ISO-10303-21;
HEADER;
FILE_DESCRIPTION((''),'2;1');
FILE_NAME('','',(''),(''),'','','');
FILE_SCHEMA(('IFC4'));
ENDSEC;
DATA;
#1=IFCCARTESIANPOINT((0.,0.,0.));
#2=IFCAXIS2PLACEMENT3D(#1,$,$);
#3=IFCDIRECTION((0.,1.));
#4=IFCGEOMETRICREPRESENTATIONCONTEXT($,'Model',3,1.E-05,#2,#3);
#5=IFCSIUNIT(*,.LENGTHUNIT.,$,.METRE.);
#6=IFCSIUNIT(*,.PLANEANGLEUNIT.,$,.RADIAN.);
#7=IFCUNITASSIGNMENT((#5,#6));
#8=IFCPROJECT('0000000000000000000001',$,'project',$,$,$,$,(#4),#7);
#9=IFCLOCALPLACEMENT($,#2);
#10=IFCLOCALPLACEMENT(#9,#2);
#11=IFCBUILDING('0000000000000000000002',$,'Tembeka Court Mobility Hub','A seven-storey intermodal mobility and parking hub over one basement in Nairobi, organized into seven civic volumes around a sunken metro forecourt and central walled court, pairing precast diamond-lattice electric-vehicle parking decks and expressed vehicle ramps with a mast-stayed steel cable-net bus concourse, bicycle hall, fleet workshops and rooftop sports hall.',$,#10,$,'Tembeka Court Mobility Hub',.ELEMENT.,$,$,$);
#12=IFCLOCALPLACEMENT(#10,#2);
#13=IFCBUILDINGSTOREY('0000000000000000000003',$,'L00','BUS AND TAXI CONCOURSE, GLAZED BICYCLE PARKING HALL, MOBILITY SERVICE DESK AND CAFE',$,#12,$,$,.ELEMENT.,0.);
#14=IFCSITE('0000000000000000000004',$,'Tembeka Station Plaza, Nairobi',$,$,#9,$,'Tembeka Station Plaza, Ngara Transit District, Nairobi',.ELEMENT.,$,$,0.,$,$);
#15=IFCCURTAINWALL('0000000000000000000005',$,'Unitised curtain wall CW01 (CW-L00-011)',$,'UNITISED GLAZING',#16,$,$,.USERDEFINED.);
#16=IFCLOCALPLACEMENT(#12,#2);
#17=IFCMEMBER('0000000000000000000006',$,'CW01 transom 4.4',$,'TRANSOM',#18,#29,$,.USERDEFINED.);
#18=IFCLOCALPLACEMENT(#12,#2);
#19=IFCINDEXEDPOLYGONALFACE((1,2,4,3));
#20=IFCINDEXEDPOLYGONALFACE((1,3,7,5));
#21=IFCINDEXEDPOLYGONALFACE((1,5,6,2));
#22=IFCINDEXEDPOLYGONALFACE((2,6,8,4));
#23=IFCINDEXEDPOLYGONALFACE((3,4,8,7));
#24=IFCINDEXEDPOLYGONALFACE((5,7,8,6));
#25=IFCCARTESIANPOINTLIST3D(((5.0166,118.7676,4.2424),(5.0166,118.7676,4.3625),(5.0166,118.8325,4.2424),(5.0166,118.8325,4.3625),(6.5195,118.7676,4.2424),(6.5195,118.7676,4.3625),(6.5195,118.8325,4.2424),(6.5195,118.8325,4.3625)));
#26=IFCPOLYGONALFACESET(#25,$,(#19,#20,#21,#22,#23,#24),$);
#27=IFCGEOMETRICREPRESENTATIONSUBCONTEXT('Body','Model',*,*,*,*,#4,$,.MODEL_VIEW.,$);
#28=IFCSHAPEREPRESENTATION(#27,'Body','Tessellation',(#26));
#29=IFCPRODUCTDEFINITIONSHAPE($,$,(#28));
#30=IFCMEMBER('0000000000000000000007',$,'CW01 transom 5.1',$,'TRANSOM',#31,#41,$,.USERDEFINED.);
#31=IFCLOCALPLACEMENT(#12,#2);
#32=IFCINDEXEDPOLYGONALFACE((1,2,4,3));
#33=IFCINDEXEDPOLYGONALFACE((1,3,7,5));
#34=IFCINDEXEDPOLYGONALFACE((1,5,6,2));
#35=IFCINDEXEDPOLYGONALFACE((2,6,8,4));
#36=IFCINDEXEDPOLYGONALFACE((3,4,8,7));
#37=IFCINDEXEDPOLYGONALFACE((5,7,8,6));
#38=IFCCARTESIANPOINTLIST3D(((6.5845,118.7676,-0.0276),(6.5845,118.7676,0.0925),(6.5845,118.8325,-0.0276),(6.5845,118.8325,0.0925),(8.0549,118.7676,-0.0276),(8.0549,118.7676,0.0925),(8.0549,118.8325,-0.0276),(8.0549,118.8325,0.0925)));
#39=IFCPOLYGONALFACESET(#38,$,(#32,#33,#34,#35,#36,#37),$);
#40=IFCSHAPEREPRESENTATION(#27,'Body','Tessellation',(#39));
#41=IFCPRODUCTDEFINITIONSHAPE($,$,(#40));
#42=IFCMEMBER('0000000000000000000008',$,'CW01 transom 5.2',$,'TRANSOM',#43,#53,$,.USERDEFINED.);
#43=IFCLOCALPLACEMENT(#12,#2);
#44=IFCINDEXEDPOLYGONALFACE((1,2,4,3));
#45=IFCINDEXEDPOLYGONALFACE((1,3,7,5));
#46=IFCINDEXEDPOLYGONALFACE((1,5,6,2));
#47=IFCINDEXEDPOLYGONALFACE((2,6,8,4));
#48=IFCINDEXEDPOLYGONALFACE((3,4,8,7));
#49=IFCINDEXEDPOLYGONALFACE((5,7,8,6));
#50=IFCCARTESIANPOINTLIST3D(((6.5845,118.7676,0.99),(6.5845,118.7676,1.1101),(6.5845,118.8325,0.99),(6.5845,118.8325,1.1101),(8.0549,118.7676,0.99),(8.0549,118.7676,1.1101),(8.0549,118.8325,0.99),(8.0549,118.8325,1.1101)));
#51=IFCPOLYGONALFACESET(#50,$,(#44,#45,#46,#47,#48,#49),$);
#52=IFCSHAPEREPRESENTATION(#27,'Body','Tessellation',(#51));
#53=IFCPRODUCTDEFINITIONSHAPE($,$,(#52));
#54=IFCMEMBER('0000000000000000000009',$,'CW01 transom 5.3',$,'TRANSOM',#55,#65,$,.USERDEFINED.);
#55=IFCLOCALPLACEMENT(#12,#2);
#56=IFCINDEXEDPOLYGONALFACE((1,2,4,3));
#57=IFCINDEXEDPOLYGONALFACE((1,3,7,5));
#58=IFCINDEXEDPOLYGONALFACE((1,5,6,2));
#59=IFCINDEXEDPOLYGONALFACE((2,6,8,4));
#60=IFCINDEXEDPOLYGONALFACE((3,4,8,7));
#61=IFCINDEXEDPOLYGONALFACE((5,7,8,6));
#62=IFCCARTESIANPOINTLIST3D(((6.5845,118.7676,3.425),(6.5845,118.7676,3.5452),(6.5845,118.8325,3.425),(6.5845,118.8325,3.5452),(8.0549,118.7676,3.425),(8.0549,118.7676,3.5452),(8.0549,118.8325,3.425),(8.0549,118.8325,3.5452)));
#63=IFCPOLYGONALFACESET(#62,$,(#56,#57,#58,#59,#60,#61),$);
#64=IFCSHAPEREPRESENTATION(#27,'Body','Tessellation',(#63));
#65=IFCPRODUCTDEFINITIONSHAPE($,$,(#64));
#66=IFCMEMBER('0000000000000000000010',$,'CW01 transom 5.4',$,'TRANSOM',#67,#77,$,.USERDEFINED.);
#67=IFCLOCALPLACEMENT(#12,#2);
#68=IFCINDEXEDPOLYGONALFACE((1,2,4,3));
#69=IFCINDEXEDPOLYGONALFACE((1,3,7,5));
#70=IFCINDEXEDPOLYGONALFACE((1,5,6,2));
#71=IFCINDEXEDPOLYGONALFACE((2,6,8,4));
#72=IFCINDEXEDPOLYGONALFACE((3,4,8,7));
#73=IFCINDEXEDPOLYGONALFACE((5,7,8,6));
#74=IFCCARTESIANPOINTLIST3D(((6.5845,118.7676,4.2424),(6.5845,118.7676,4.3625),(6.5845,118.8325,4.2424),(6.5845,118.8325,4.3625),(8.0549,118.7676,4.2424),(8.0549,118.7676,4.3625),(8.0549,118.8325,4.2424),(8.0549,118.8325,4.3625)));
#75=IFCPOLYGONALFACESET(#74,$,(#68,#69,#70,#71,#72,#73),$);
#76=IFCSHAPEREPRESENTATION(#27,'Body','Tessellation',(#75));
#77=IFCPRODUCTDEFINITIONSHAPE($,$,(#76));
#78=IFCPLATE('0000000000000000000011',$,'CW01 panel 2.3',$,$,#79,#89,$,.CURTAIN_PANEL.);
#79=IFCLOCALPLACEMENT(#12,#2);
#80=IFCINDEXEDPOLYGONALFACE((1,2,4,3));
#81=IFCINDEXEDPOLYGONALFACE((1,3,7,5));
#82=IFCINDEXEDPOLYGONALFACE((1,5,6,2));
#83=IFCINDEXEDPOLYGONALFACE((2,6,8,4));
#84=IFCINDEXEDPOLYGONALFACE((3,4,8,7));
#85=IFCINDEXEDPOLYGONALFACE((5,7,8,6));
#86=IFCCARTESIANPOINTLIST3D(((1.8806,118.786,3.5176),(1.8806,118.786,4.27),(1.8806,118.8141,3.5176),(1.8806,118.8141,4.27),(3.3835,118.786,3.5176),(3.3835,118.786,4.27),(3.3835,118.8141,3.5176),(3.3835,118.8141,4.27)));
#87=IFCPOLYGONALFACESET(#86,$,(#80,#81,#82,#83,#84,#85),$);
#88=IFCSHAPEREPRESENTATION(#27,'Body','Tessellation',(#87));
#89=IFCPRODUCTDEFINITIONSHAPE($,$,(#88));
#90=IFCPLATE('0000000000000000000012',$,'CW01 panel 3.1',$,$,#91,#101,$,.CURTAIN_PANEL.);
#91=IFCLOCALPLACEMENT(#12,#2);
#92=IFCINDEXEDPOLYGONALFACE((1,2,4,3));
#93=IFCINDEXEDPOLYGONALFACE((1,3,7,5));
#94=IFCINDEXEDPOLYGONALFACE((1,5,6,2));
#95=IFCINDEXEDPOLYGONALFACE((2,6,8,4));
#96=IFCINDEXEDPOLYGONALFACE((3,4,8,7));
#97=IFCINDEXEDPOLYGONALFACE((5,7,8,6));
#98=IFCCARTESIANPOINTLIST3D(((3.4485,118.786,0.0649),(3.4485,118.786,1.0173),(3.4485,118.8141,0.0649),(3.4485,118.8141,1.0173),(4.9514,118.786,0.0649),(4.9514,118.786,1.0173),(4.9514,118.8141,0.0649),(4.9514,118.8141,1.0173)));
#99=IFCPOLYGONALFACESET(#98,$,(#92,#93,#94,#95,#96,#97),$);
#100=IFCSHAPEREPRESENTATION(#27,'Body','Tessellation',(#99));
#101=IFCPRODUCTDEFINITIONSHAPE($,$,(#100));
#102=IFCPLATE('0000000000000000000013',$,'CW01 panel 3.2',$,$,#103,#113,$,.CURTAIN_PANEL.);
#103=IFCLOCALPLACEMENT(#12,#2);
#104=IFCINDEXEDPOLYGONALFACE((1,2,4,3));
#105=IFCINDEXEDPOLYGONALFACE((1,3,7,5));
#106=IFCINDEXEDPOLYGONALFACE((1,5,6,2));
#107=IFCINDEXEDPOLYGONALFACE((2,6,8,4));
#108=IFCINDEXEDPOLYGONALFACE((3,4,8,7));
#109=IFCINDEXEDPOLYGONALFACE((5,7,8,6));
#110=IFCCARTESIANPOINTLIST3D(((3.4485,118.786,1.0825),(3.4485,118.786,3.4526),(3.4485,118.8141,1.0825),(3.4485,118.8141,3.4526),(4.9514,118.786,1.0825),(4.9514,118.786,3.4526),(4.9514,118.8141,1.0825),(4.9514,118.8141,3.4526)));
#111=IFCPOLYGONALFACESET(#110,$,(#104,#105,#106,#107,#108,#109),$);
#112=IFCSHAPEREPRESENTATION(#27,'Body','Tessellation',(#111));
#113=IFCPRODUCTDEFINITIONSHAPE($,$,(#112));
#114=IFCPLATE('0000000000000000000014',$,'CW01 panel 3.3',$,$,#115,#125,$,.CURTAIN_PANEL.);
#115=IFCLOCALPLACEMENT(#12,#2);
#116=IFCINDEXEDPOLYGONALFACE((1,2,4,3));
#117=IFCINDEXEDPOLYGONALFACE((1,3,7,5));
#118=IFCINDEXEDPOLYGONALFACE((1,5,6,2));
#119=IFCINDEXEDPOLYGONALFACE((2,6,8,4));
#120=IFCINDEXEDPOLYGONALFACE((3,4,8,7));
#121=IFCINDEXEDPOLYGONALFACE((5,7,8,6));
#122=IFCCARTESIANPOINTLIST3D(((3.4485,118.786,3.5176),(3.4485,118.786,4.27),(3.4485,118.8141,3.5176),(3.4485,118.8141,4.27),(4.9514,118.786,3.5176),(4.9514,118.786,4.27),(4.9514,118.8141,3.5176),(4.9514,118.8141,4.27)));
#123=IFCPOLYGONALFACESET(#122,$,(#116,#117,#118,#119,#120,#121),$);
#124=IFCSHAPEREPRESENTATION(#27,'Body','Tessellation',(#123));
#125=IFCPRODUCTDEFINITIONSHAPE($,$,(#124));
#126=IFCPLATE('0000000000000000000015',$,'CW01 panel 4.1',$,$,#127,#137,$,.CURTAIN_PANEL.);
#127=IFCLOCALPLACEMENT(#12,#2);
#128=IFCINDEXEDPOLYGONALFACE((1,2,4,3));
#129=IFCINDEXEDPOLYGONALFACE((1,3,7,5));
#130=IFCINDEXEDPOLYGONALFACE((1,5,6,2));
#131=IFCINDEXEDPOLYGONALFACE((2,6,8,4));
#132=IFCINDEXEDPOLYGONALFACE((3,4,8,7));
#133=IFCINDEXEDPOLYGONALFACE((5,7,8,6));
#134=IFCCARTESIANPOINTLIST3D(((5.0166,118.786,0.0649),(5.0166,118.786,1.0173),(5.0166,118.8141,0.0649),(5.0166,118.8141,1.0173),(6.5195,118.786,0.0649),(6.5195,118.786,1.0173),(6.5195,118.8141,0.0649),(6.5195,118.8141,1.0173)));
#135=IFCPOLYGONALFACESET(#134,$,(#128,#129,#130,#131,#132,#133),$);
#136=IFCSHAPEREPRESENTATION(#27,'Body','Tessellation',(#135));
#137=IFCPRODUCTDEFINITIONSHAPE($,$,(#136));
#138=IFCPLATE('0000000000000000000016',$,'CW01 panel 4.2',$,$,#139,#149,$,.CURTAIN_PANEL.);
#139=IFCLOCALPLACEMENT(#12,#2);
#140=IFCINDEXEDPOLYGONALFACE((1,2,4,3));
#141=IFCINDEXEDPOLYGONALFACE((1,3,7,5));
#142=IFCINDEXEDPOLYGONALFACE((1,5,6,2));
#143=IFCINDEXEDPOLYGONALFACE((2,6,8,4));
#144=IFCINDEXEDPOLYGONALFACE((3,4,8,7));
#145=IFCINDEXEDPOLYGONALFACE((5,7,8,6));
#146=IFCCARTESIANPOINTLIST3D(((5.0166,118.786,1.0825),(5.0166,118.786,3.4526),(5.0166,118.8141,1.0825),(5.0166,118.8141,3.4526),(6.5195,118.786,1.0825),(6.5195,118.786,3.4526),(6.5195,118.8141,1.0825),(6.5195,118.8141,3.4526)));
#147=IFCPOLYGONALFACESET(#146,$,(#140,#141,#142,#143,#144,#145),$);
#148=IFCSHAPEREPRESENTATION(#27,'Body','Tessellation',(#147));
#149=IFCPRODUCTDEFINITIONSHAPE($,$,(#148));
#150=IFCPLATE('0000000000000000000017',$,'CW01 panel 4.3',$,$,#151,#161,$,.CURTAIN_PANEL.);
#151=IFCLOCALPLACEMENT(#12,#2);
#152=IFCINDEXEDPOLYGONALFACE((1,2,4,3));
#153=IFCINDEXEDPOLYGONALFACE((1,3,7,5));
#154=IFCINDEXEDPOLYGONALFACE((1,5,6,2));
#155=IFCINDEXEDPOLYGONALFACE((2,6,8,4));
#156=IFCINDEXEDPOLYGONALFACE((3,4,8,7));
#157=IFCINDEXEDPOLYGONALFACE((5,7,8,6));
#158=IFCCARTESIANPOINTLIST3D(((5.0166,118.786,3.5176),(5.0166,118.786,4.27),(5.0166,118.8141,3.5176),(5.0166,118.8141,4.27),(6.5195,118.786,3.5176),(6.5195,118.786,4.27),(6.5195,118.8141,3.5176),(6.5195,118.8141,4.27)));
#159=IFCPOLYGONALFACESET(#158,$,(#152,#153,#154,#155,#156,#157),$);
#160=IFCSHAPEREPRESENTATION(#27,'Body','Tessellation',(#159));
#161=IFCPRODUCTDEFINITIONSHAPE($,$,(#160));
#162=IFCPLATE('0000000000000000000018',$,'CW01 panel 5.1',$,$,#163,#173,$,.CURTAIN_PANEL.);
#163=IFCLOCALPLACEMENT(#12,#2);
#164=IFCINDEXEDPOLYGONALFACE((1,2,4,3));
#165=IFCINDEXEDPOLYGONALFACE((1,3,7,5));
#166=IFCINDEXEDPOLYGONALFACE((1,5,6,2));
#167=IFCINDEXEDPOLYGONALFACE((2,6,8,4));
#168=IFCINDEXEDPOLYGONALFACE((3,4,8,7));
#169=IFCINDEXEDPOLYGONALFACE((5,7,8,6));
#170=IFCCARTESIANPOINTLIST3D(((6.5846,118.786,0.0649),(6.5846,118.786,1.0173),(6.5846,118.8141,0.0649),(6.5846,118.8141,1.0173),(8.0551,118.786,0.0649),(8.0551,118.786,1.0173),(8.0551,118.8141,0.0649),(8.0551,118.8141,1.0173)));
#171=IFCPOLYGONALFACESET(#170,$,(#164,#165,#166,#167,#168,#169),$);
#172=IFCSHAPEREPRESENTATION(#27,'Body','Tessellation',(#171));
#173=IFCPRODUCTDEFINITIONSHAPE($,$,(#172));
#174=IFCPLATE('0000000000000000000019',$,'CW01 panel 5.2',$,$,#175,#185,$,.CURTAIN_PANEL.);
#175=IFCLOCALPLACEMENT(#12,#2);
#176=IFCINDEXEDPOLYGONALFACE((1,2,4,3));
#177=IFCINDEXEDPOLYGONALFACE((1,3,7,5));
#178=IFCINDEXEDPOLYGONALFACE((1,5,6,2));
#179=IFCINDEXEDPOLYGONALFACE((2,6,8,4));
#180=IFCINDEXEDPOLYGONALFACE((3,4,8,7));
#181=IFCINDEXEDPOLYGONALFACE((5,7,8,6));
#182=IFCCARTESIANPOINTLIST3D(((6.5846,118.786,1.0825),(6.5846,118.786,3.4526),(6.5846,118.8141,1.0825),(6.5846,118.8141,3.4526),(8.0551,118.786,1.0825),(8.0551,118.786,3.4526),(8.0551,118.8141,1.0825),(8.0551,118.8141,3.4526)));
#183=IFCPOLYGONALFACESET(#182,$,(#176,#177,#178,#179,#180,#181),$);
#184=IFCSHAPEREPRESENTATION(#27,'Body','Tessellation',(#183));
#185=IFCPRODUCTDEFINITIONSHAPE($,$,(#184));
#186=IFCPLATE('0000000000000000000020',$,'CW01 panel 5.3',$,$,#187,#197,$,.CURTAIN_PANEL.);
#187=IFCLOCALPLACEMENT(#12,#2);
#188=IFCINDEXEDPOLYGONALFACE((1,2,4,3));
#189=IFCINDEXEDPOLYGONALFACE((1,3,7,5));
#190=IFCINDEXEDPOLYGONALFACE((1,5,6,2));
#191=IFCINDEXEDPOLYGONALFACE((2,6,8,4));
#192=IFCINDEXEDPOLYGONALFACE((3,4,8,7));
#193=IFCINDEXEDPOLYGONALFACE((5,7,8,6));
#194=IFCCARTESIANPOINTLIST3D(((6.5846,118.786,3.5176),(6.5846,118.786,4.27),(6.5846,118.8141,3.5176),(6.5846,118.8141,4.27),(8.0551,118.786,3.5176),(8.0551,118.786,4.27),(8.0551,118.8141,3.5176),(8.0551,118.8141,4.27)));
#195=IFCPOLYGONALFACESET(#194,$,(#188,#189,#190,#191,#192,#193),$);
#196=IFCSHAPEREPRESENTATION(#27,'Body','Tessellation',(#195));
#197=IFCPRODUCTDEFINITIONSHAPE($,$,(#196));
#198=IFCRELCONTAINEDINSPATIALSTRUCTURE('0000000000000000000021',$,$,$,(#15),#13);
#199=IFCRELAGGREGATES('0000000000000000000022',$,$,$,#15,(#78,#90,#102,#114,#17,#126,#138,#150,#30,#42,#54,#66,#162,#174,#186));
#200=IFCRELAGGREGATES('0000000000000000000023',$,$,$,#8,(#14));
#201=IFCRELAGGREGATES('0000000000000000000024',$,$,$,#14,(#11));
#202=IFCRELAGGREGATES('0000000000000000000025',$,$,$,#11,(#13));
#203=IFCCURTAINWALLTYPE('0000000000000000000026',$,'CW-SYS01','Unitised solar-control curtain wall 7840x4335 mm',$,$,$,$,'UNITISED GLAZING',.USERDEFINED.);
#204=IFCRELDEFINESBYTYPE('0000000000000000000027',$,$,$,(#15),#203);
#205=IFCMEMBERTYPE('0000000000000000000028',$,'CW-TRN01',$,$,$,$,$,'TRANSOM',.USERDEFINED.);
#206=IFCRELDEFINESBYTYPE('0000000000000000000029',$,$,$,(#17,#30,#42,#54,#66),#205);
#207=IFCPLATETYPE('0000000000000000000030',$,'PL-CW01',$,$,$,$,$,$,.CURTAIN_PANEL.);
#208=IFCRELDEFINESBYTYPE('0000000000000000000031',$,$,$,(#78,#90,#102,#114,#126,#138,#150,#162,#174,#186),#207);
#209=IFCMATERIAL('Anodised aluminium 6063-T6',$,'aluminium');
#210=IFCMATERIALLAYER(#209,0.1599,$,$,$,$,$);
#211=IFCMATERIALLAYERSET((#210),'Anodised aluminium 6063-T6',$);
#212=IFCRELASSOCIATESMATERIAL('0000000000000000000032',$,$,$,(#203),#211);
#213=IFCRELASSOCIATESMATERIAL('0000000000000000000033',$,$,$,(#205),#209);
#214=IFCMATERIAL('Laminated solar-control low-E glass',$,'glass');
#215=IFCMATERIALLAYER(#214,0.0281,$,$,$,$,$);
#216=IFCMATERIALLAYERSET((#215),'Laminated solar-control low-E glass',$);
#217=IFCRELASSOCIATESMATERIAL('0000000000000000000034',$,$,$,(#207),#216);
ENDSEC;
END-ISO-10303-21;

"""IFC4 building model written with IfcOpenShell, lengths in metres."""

from ifc_helpers import new_model, si_unit, direction, frame, origin, origin_2d, place, context, subcontext, project, spatial, rectangle, extrude, material, layer, layer_set, material_profile, profile_set, type_object, element, aggregate, save


model = new_model("IFC4")

# Units and contexts
model_context = context("Model", 3, precision=1e-05, world=origin(), true_north=direction((0.0, 1.0)))
body_context = subcontext(model_context, "Body", "Model", "MODEL_VIEW")
ifc_project = project(units=[si_unit("LENGTHUNIT", "METRE"), si_unit("PLANEANGLEUNIT", "RADIAN")], contexts=[model_context])

# Site, building, storey
site_placement = place(None, origin())
site = spatial("IfcSite", under=ifc_project, at=site_placement, Name="Tembeka Station Plaza, Nairobi", LongName="Tembeka Station Plaza, Ngara Transit District, Nairobi", CompositionType="ELEMENT", RefElevation=0.0)
building_placement = place(site_placement, origin())
building = spatial("IfcBuilding", under=site, at=building_placement, Name="Tembeka Court Mobility Hub", Description="A seven-storey intermodal mobility and parking hub over one basement in Nairobi, organized into seven civic volumes around a sunken metro forecourt and central walled court, pairing precast diamond-lattice electric-vehicle parking decks and expressed vehicle ramps with a mast-stayed steel cable-net bus concourse, bicycle hall, fleet workshops and rooftop sports hall.", LongName="Tembeka Court Mobility Hub", CompositionType="ELEMENT")
storey_placement = place(building_placement, origin())
storey = spatial("IfcBuildingStorey", under=building, at=storey_placement, Name="L00", Description="BUS AND TAXI CONCOURSE, GLAZED BICYCLE PARKING HALL, MOBILITY SERVICE DESK AND CAFE", CompositionType="ELEMENT", Elevation=0.0)

# Curtain wall, members, plates
ifc_material_1 = material(Name="Anodised aluminium 6063-T6", Category="aluminium")
ifc_layer_1 = layer(ifc_material_1, 0.1599)
ifc_layer_set_1 = layer_set([ifc_layer_1], Name="Anodised aluminium 6063-T6")
curtain_wall_type = type_object("IfcCurtainWallType", Name="CW-SYS01", Description="Unitised solar-control curtain wall 7840x4335 mm", ElementType="UNITISED GLAZING", PredefinedType="USERDEFINED", material=ifc_layer_set_1)
curtain_wall_placement = place(storey_placement, origin())
curtain_wall = element("IfcCurtainWall", 1, at=curtain_wall_placement, inside=storey, type_object=curtain_wall_type, Name="Unitised curtain wall CW01 (CW-L00-011)", ObjectType="UNITISED GLAZING", PredefinedType="USERDEFINED")
ifc_material_profile_1 = material_profile(ifc_material_1, rectangle(XDim=0.0649, YDim=0.1201, at=origin_2d()), Name="ALU-TRN 65x120")
ifc_profile_set_1 = profile_set([ifc_material_profile_1], Name="Anodised aluminium 6063-T6")
member_type_1 = type_object("IfcMemberType", Name="CW-TRN01", ElementType="TRANSOM", PredefinedType="USERDEFINED", material=ifc_profile_set_1)
member_1_placement = place(storey_placement, frame((5.0166, 118.8, 4.3025), z_axis=(1.0, 0.0, 0.0), x_axis=(0.0, 1.0, 0.0)))
member_1 = element("IfcMember", 2, at=member_1_placement, type_object=member_type_1, Name="CW01 transom 4.4", ObjectType="TRANSOM", PredefinedType="USERDEFINED", context=body_context, shape_type="SweptSolid", body=[
    extrude(rectangle(XDim=0.0649, YDim=0.1201, at=origin_2d()), origin(), (0.0, 0.0, 1.0), 1.5029),
])
member_2_placement = place(storey_placement, frame((6.5845, 118.8, 0.0325), z_axis=(1.0, 0.0, 0.0), x_axis=(0.0, 1.0, 0.0)))
member_2 = element("IfcMember", 3, at=member_2_placement, type_object=member_type_1, Name="CW01 transom 5.1", ObjectType="TRANSOM", PredefinedType="USERDEFINED", context=body_context, shape_type="SweptSolid", body=[
    extrude(rectangle(XDim=0.0649, YDim=0.1201, at=origin_2d()), origin(), (0.0, 0.0, 1.0), 1.4705),
])
member_3_placement = place(storey_placement, frame((6.5845, 118.8, 1.05), z_axis=(1.0, 0.0, 0.0), x_axis=(0.0, 1.0, 0.0)))
member_3 = element("IfcMember", 4, at=member_3_placement, type_object=member_type_1, Name="CW01 transom 5.2", ObjectType="TRANSOM", PredefinedType="USERDEFINED", context=body_context, shape_type="SweptSolid", body=[
    extrude(rectangle(XDim=0.0649, YDim=0.1201, at=origin_2d()), origin(), (0.0, 0.0, 1.0), 1.4705),
])
member_4_placement = place(storey_placement, frame((6.5845, 118.8, 3.4851), z_axis=(1.0, 0.0, 0.0), x_axis=(0.0, 1.0, 0.0)))
member_4 = element("IfcMember", 5, at=member_4_placement, type_object=member_type_1, Name="CW01 transom 5.3", ObjectType="TRANSOM", PredefinedType="USERDEFINED", context=body_context, shape_type="SweptSolid", body=[
    extrude(rectangle(XDim=0.0649, YDim=0.1201, at=origin_2d()), origin(), (0.0, 0.0, 1.0), 1.4705),
])
member_5_placement = place(storey_placement, frame((6.5845, 118.8, 4.3025), z_axis=(1.0, 0.0, 0.0), x_axis=(0.0, 1.0, 0.0)))
member_5 = element("IfcMember", 6, at=member_5_placement, type_object=member_type_1, Name="CW01 transom 5.4", ObjectType="TRANSOM", PredefinedType="USERDEFINED", context=body_context, shape_type="SweptSolid", body=[
    extrude(rectangle(XDim=0.0649, YDim=0.1201, at=origin_2d()), origin(), (0.0, 0.0, 1.0), 1.4705),
])
ifc_material_2 = material(Name="Laminated solar-control low-E glass", Category="glass")
ifc_layer_2 = layer(ifc_material_2, 0.0281)
ifc_layer_set_2 = layer_set([ifc_layer_2], Name="Laminated solar-control low-E glass")
plate_type = type_object("IfcPlateType", Name="PL-CW01", PredefinedType="CURTAIN_PANEL", material=ifc_layer_set_2)
plate_1_placement = place(storey_placement, frame((2.6321, 118.8, 3.5176), z_axis=(0.0, 0.0, 1.0), x_axis=(1.0, 0.0, 0.0)))
plate_1 = element("IfcPlate", 7, at=plate_1_placement, type_object=plate_type, Name="CW01 panel 2.3", PredefinedType="CURTAIN_PANEL", context=body_context, shape_type="SweptSolid", body=[
    extrude(rectangle(XDim=1.5029, YDim=0.0281, at=origin_2d()), origin(), (0.0, 0.0, 1.0), 0.7524),
])
plate_2_placement = place(storey_placement, frame((4.2, 118.8, 0.0649), z_axis=(0.0, 0.0, 1.0), x_axis=(1.0, 0.0, 0.0)))
plate_2 = element("IfcPlate", 8, at=plate_2_placement, type_object=plate_type, Name="CW01 panel 3.1", PredefinedType="CURTAIN_PANEL", context=body_context, shape_type="SweptSolid", body=[
    extrude(rectangle(XDim=1.5029, YDim=0.0281, at=origin_2d()), origin(), (0.0, 0.0, 1.0), 0.9524),
])
plate_3_placement = place(storey_placement, frame((4.2, 118.8, 1.0825), z_axis=(0.0, 0.0, 1.0), x_axis=(1.0, 0.0, 0.0)))
plate_3 = element("IfcPlate", 9, at=plate_3_placement, type_object=plate_type, Name="CW01 panel 3.2", PredefinedType="CURTAIN_PANEL", context=body_context, shape_type="SweptSolid", body=[
    extrude(rectangle(XDim=1.5029, YDim=0.0281, at=origin_2d()), origin(), (0.0, 0.0, 1.0), 2.3701),
])
plate_4_placement = place(storey_placement, frame((4.2, 118.8, 3.5176), z_axis=(0.0, 0.0, 1.0), x_axis=(1.0, 0.0, 0.0)))
plate_4 = element("IfcPlate", 10, at=plate_4_placement, type_object=plate_type, Name="CW01 panel 3.3", PredefinedType="CURTAIN_PANEL", context=body_context, shape_type="SweptSolid", body=[
    extrude(rectangle(XDim=1.5029, YDim=0.0281, at=origin_2d()), origin(), (0.0, 0.0, 1.0), 0.7524),
])
plate_5_placement = place(storey_placement, frame((5.7681, 118.8, 0.0649), z_axis=(0.0, 0.0, 1.0), x_axis=(1.0, 0.0, 0.0)))
plate_5 = element("IfcPlate", 11, at=plate_5_placement, type_object=plate_type, Name="CW01 panel 4.1", PredefinedType="CURTAIN_PANEL", context=body_context, shape_type="SweptSolid", body=[
    extrude(rectangle(XDim=1.5029, YDim=0.0281, at=origin_2d()), origin(), (0.0, 0.0, 1.0), 0.9524),
])
plate_6_placement = place(storey_placement, frame((5.7681, 118.8, 1.0825), z_axis=(0.0, 0.0, 1.0), x_axis=(1.0, 0.0, 0.0)))
plate_6 = element("IfcPlate", 12, at=plate_6_placement, type_object=plate_type, Name="CW01 panel 4.2", PredefinedType="CURTAIN_PANEL", context=body_context, shape_type="SweptSolid", body=[
    extrude(rectangle(XDim=1.5029, YDim=0.0281, at=origin_2d()), origin(), (0.0, 0.0, 1.0), 2.3701),
])
plate_7_placement = place(storey_placement, frame((5.7681, 118.8, 3.5176), z_axis=(0.0, 0.0, 1.0), x_axis=(1.0, 0.0, 0.0)))
plate_7 = element("IfcPlate", 13, at=plate_7_placement, type_object=plate_type, Name="CW01 panel 4.3", PredefinedType="CURTAIN_PANEL", context=body_context, shape_type="SweptSolid", body=[
    extrude(rectangle(XDim=1.5029, YDim=0.0281, at=origin_2d()), origin(), (0.0, 0.0, 1.0), 0.7524),
])
plate_8_placement = place(storey_placement, frame((7.3198, 118.8, 0.0649), z_axis=(0.0, 0.0, 1.0), x_axis=(1.0, 0.0, 0.0)))
plate_8 = element("IfcPlate", 14, at=plate_8_placement, type_object=plate_type, Name="CW01 panel 5.1", PredefinedType="CURTAIN_PANEL", context=body_context, shape_type="SweptSolid", body=[
    extrude(rectangle(XDim=1.4705, YDim=0.0281, at=origin_2d()), origin(), (0.0, 0.0, 1.0), 0.9524),
])
plate_9_placement = place(storey_placement, frame((7.3198, 118.8, 1.0825), z_axis=(0.0, 0.0, 1.0), x_axis=(1.0, 0.0, 0.0)))
plate_9 = element("IfcPlate", 15, at=plate_9_placement, type_object=plate_type, Name="CW01 panel 5.2", PredefinedType="CURTAIN_PANEL", context=body_context, shape_type="SweptSolid", body=[
    extrude(rectangle(XDim=1.4705, YDim=0.0281, at=origin_2d()), origin(), (0.0, 0.0, 1.0), 2.3701),
])
plate_10_placement = place(storey_placement, frame((7.3198, 118.8, 3.5176), z_axis=(0.0, 0.0, 1.0), x_axis=(1.0, 0.0, 0.0)))
plate_10 = element("IfcPlate", 16, at=plate_10_placement, type_object=plate_type, Name="CW01 panel 5.3", PredefinedType="CURTAIN_PANEL", context=body_context, shape_type="SweptSolid", body=[
    extrude(rectangle(XDim=1.4705, YDim=0.0281, at=origin_2d()), origin(), (0.0, 0.0, 1.0), 0.7524),
])
aggregate(curtain_wall, [plate_1, plate_2, plate_3, plate_4, member_1, plate_5, plate_6, plate_7, member_2, member_3, member_4, member_5, plate_8, plate_9, plate_10])

save(model, "model.ifc")
